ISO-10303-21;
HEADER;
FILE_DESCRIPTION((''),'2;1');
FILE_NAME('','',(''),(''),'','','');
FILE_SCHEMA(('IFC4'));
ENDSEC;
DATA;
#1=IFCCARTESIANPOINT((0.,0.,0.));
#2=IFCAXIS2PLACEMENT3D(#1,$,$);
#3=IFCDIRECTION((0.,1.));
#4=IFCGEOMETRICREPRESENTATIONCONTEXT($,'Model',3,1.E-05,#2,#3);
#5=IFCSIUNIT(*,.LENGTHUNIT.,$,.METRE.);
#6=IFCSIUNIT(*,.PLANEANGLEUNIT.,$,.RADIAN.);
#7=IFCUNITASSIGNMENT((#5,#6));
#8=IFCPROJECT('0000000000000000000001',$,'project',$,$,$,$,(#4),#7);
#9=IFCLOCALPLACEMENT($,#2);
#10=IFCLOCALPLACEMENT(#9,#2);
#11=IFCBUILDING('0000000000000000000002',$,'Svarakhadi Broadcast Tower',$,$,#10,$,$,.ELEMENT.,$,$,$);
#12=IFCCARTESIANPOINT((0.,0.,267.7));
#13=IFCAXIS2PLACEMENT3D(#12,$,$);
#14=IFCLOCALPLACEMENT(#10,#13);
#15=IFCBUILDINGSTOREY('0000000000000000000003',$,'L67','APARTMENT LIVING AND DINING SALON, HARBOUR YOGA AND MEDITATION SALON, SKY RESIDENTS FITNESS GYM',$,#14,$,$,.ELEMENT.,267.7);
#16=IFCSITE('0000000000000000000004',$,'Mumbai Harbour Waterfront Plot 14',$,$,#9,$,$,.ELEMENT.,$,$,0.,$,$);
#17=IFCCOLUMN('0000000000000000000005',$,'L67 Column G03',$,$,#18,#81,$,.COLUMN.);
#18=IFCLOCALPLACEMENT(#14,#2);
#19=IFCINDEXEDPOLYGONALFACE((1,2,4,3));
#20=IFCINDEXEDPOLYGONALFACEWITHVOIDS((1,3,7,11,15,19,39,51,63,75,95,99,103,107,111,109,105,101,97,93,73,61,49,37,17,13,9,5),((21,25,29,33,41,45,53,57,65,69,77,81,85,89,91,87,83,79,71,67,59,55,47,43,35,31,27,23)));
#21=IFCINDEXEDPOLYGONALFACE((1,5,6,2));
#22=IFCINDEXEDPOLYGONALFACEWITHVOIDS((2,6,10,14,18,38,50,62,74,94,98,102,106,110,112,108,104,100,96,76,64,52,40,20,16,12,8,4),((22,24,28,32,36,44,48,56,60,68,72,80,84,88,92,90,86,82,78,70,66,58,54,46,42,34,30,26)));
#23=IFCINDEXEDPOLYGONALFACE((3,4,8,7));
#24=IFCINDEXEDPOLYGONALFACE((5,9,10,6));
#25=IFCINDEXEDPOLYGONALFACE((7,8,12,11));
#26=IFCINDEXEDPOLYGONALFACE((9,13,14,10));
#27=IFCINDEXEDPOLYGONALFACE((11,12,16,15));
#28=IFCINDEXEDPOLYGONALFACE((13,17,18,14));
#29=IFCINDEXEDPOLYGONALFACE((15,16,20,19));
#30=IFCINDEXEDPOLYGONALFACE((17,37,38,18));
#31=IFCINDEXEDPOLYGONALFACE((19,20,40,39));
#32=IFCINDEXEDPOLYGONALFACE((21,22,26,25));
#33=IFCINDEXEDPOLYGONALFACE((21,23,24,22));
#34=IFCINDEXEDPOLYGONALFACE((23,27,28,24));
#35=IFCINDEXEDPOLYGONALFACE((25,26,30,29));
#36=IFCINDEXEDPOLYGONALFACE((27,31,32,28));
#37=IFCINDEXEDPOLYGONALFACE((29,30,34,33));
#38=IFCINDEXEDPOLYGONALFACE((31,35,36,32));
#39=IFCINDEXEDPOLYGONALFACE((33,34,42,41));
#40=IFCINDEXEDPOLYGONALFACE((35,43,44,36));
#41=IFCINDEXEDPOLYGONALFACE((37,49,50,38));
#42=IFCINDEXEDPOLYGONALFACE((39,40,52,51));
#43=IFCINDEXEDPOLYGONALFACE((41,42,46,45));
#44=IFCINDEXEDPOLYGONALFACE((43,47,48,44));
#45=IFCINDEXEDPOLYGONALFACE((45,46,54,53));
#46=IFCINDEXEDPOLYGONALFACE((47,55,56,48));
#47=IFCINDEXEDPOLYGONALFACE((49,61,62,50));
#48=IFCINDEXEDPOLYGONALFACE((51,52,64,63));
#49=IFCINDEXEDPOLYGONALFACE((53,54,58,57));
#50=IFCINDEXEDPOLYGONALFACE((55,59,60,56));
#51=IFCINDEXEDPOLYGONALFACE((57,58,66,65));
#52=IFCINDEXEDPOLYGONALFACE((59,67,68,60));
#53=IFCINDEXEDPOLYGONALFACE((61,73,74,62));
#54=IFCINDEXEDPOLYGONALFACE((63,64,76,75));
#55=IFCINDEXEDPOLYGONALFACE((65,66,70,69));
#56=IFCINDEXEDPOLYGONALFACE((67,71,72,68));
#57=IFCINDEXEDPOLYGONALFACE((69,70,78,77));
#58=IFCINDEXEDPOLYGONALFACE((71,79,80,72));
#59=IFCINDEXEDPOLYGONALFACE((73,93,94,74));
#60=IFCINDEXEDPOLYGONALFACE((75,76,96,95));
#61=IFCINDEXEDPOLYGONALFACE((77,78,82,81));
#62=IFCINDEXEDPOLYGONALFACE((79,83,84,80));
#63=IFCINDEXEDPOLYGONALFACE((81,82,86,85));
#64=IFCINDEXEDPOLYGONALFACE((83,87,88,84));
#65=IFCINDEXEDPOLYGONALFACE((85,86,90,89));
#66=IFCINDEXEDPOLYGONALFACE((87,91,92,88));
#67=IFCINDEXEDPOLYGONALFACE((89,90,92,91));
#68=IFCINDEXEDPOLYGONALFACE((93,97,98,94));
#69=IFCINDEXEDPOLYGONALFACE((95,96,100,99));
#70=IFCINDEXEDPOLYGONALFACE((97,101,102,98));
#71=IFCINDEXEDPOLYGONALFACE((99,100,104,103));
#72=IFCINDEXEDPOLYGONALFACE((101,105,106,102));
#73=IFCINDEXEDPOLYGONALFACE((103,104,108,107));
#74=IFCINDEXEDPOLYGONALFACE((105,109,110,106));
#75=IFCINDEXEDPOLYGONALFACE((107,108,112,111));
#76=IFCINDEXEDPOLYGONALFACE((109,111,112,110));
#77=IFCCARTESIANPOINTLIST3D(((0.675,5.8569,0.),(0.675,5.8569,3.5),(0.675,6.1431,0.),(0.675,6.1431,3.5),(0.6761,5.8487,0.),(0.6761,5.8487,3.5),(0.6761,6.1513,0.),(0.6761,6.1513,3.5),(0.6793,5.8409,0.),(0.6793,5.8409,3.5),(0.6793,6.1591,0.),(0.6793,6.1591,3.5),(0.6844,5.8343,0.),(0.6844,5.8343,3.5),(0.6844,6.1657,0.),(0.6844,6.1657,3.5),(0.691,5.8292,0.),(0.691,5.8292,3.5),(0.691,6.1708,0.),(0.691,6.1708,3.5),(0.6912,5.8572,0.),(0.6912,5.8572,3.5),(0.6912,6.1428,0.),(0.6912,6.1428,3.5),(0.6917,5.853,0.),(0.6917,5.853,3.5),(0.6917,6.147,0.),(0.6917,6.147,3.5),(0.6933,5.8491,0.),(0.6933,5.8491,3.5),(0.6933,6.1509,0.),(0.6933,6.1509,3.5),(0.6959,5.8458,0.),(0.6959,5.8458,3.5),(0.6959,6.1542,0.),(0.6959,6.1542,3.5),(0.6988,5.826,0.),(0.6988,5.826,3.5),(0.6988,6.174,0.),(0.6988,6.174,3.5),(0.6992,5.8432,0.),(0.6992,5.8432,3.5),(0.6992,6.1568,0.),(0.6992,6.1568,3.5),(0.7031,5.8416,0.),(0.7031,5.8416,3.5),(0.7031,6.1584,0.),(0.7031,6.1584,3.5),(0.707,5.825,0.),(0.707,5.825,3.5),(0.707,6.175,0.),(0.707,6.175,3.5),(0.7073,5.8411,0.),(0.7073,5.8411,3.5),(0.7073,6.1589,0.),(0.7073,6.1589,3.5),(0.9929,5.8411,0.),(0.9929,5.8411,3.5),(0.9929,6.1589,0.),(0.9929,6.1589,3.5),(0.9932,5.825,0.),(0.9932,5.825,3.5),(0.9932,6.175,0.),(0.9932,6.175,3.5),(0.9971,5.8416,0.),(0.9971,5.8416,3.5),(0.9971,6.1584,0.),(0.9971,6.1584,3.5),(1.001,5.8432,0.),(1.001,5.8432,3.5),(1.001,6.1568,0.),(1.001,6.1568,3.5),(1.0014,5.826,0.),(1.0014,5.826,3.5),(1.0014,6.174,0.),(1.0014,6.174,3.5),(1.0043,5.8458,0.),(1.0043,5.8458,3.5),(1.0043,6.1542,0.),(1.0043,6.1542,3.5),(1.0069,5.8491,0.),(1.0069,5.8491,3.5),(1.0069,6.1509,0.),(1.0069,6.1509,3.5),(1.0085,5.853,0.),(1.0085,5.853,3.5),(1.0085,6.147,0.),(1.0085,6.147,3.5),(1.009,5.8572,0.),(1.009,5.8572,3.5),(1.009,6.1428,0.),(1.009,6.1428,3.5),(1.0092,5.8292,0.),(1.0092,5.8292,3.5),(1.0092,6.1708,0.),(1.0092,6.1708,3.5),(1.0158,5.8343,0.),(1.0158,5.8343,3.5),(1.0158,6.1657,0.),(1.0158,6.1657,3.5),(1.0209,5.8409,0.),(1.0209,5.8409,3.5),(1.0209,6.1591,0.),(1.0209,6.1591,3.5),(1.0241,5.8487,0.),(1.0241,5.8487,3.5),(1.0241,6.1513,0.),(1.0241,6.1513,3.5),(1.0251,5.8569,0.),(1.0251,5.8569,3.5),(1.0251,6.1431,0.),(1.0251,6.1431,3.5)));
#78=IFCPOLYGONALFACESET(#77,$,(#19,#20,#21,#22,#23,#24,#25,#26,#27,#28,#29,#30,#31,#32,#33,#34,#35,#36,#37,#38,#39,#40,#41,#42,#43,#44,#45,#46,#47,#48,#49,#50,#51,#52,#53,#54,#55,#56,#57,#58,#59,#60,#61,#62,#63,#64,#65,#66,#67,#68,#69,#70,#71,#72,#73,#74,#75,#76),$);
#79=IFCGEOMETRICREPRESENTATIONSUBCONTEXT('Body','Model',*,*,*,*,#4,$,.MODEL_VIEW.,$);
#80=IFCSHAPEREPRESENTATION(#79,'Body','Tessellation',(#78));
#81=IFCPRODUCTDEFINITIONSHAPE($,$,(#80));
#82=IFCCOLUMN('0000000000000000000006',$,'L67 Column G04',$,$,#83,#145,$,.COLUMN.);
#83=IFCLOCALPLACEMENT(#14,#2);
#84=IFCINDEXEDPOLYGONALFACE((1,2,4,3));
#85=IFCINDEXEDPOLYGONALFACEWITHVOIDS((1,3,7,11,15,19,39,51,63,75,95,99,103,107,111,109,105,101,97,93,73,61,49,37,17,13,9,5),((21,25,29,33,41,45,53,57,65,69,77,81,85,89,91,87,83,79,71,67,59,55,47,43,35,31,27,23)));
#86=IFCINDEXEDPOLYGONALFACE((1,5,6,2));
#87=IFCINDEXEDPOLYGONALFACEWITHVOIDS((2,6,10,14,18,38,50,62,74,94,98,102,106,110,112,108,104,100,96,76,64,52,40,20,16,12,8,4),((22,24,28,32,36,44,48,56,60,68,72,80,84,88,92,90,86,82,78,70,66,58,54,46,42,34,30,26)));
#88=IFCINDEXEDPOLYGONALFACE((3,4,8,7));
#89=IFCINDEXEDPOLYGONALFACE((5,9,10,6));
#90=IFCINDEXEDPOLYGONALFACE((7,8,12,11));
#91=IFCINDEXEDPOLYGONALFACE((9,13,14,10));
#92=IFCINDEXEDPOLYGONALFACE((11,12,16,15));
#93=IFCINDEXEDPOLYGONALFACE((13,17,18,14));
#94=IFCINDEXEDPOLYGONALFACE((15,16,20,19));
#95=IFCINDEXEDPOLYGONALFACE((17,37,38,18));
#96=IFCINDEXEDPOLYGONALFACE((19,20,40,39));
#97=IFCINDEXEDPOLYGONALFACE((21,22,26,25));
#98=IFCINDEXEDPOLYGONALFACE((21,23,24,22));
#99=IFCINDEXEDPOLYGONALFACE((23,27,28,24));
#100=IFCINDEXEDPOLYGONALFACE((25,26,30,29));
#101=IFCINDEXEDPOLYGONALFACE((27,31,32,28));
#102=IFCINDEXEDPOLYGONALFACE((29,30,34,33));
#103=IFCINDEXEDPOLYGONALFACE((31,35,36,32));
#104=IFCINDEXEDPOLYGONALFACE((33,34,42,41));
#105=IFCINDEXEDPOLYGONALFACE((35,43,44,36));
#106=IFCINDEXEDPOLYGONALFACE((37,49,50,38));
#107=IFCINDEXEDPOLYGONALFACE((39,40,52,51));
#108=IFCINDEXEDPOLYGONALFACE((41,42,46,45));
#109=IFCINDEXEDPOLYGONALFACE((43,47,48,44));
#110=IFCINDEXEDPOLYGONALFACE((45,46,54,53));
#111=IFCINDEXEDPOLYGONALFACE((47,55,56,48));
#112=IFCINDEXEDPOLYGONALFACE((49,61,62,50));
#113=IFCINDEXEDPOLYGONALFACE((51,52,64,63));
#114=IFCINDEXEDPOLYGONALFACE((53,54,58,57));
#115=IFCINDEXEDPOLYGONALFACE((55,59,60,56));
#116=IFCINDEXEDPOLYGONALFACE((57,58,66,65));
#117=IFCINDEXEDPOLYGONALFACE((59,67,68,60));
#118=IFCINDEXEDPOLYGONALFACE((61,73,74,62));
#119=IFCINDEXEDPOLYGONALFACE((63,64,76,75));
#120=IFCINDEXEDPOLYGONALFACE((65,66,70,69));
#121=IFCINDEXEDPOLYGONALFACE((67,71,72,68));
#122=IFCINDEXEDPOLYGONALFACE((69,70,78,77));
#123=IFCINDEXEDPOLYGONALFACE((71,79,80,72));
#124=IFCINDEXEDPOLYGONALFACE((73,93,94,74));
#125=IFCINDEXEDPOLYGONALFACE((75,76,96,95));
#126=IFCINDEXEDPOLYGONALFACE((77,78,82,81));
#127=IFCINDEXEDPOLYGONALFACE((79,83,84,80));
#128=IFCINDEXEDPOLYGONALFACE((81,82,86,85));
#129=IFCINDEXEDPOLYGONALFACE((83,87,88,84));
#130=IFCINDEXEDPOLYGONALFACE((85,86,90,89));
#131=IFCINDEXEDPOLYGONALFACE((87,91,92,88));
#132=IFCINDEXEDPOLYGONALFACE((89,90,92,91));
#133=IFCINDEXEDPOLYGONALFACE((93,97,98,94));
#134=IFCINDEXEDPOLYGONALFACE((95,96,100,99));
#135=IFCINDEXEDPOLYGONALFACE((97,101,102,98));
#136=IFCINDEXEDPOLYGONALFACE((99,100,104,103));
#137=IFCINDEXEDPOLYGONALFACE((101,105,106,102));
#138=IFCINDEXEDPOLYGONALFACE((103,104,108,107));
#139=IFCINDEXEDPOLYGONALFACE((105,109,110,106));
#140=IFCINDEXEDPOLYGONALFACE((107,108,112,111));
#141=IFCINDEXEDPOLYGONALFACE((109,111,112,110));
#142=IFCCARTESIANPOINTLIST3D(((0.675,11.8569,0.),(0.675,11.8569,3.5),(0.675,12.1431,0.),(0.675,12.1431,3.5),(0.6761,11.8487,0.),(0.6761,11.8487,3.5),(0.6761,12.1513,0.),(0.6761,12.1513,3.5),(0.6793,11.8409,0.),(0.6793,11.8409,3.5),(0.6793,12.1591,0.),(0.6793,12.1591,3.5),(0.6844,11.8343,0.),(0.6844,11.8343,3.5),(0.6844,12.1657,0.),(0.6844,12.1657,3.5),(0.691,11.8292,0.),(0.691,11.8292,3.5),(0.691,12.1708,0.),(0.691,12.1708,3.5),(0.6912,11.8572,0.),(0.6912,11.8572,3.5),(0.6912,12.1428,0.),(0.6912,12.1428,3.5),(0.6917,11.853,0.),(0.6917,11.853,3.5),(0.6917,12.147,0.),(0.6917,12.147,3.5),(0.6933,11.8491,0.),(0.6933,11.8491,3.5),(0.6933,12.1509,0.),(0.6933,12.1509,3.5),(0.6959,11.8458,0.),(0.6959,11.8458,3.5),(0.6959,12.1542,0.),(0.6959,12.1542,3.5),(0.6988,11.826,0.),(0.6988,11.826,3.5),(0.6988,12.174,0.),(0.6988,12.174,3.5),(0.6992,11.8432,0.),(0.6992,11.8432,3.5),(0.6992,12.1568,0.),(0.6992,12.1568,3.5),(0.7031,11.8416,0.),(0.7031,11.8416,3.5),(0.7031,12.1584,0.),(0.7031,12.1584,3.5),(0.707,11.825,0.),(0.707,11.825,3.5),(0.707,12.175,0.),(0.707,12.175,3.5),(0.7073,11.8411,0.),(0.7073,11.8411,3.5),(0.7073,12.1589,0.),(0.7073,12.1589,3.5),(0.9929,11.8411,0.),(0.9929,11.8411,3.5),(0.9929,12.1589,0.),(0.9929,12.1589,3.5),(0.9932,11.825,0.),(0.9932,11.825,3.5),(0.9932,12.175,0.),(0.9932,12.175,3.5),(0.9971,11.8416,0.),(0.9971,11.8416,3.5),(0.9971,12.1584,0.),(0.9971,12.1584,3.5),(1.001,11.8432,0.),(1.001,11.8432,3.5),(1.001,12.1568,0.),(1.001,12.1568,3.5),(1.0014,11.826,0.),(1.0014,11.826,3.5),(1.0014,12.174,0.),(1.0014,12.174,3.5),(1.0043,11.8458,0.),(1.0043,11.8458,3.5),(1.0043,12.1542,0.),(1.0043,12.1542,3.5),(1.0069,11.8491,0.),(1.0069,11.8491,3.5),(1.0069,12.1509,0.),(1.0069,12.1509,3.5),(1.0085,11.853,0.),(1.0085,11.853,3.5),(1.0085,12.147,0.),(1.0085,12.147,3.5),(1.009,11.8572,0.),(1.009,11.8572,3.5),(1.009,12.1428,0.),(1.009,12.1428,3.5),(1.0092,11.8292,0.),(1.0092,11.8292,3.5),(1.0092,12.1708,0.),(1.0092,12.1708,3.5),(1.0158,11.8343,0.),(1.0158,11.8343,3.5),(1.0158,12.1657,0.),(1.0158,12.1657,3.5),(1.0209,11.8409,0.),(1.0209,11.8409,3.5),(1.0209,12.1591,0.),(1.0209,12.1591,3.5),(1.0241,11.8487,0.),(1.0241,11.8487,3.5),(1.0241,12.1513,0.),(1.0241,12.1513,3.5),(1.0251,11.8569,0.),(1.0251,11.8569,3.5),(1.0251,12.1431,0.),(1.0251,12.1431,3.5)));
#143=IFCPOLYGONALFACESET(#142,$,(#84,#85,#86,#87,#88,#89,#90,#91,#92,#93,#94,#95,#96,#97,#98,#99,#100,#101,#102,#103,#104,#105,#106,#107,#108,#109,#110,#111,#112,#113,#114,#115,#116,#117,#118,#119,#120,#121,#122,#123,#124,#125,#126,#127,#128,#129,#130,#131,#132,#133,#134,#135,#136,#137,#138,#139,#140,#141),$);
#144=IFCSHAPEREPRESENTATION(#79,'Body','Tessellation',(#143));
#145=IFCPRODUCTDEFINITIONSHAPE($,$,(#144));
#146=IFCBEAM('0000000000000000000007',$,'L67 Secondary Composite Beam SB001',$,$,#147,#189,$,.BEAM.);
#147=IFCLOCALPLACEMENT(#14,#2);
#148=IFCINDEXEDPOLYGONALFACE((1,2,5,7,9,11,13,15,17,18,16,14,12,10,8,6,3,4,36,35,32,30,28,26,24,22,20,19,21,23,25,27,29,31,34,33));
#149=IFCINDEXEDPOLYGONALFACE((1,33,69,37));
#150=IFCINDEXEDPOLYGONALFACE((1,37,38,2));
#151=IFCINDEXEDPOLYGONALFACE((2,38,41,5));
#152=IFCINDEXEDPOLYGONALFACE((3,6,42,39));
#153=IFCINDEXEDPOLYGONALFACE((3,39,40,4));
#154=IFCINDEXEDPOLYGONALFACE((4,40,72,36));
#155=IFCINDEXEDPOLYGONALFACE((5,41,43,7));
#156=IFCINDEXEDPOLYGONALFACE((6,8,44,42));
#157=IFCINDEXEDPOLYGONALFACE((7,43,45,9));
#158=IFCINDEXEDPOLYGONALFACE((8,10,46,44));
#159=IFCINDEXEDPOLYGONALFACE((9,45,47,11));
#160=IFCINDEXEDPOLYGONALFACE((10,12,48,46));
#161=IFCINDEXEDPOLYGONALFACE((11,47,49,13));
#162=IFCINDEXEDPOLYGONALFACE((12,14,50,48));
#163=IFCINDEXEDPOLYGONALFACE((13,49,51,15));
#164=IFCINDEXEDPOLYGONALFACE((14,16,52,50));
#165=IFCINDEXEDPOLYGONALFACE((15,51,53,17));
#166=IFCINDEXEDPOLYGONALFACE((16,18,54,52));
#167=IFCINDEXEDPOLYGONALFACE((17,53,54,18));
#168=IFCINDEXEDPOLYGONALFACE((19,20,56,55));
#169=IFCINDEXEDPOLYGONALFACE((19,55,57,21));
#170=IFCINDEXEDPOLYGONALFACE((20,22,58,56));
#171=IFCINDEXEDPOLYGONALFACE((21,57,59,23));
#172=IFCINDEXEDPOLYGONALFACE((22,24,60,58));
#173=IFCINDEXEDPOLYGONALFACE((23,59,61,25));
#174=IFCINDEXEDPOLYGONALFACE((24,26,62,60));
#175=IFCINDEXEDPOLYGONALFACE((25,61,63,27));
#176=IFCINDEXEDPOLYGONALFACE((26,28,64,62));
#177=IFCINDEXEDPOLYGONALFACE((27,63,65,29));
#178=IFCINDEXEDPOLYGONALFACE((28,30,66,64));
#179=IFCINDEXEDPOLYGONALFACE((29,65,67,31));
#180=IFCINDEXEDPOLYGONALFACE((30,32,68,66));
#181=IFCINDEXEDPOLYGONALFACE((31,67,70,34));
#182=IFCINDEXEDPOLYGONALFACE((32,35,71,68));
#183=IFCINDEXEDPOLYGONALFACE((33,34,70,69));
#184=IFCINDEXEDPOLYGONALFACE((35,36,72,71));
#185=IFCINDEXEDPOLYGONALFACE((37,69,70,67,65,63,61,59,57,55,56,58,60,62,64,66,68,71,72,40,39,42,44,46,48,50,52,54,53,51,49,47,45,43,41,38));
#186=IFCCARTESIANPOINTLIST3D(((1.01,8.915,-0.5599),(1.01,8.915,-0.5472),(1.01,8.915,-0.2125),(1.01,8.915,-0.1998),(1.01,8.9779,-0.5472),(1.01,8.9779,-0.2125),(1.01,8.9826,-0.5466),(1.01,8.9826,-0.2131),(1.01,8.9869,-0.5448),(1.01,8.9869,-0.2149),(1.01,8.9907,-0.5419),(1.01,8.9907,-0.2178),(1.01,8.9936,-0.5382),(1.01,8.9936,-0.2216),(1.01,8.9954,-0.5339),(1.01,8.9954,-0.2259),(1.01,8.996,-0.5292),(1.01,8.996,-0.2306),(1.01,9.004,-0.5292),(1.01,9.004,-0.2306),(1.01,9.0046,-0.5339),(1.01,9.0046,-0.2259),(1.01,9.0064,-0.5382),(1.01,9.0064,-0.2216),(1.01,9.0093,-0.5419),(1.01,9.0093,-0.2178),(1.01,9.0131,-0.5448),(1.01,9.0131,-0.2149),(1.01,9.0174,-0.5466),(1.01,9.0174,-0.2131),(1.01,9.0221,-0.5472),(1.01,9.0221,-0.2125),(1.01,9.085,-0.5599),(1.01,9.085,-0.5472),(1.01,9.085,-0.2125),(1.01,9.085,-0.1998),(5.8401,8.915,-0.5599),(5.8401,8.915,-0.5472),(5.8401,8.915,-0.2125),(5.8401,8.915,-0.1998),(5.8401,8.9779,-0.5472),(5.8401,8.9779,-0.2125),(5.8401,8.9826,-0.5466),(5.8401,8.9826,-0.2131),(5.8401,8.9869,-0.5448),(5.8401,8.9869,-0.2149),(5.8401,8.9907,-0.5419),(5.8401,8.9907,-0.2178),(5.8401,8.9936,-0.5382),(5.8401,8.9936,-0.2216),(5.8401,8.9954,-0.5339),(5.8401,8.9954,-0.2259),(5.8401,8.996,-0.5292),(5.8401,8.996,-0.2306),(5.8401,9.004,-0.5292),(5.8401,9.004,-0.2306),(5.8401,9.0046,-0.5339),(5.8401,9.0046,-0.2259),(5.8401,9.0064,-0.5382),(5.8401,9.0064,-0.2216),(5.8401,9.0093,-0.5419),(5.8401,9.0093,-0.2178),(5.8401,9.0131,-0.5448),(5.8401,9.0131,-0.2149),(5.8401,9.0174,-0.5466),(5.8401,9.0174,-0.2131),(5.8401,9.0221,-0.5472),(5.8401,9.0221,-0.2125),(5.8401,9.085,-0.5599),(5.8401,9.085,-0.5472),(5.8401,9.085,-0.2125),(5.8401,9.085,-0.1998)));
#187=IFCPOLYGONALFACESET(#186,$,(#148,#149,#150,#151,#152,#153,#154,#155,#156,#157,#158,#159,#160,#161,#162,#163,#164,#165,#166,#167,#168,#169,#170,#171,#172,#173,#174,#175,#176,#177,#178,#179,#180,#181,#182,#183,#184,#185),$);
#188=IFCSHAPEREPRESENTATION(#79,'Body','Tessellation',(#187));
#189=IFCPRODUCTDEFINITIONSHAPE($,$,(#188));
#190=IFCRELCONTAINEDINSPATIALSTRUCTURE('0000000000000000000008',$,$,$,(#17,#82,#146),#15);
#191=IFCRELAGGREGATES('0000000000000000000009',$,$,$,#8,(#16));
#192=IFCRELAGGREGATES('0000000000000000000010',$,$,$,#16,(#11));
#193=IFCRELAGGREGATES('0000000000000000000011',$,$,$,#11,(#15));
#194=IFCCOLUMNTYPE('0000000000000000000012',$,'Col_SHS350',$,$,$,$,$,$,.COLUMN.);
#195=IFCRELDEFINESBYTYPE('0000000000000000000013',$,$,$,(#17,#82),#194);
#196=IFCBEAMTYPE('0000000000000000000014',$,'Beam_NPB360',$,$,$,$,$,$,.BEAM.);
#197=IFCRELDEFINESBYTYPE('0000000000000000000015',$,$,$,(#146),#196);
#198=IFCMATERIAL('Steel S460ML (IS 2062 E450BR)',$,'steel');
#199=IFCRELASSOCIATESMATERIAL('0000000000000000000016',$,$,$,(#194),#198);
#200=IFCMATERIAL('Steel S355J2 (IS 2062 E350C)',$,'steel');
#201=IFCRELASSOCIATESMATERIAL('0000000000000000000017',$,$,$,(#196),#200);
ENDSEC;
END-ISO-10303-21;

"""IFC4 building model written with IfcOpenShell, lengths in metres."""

from ifc_helpers import new_model, si_unit, direction, frame, origin, origin_2d, place, context, subcontext, project, spatial, hollow_rectangle, i_section, extrude, material, material_profile, profile_set, type_object, element, save


model = new_model("IFC4")

# Units and contexts
model_context = context("Model", 3, precision=1e-05, world=origin(), true_north=direction((0.0, 1.0)))
body_context = subcontext(model_context, "Body", "Model", "MODEL_VIEW")
ifc_project = project(units=[si_unit("LENGTHUNIT", "METRE"), si_unit("PLANEANGLEUNIT", "RADIAN")], contexts=[model_context])

# Site, building, storey
site_placement = place(None, origin())
site = spatial("IfcSite", under=ifc_project, at=site_placement, Name="Mumbai Harbour Waterfront Plot 14", CompositionType="ELEMENT", RefElevation=0.0)
building_placement = place(site_placement, origin())
building = spatial("IfcBuilding", under=site, at=building_placement, Name="Svarakhadi Broadcast Tower", CompositionType="ELEMENT")
storey_placement = place(building_placement, frame((0.0, 0.0, 267.7)))
storey = spatial("IfcBuildingStorey", under=building, at=storey_placement, Name="L67", Description="APARTMENT LIVING AND DINING SALON, HARBOUR YOGA AND MEDITATION SALON, SKY RESIDENTS FITNESS GYM", CompositionType="ELEMENT", Elevation=267.7)

# Columns
ifc_material_1 = material(Name="Steel S460ML (IS 2062 E450BR)", Category="steel")
ifc_material_profile_1 = material_profile(ifc_material_1, hollow_rectangle(XDim=0.3501, YDim=0.3501, WallThickness=0.0161, InnerFilletRadius=0.0161, OuterFilletRadius=0.032, at=origin_2d()), Name="SHS 350x350x16")
ifc_profile_set_1 = profile_set([ifc_material_profile_1], Name="Steel S460ML (IS 2062 E450BR)")
column_type = type_object("IfcColumnType", Name="Col_SHS350", PredefinedType="COLUMN", material=ifc_profile_set_1)
for number, where, z_axis, x_axis, name in (
    (1, (0.8501, 6.0, 0.0), (0.0, 0.0, 1.0), (1.0, 0.0, 0.0), "L67 Column G03"),
    (2, (0.8501, 12.0, 0.0), (0.0, 0.0, 1.0), (1.0, 0.0, 0.0), "L67 Column G04"),
):
    element("IfcColumn", number, at=place(storey_placement, frame(where, z_axis=z_axis, x_axis=x_axis)), inside=storey, type_object=column_type, Name=name, PredefinedType="COLUMN", context=body_context, shape_type="SweptSolid", body=[
        extrude(hollow_rectangle(XDim=0.3501, YDim=0.3501, WallThickness=0.0161, InnerFilletRadius=0.0161, OuterFilletRadius=0.032, at=origin_2d()), origin(), (0.0, 0.0, 1.0), 3.5),
    ])

# Beam
ifc_material_2 = material(Name="Steel S355J2 (IS 2062 E350C)", Category="steel")
ifc_material_profile_2 = material_profile(ifc_material_2, i_section(OverallWidth=0.1699, OverallDepth=0.3601, WebThickness=0.0081, FlangeThickness=0.0127, FilletRadius=0.0181, at=origin_2d()), Name="NPB 360x170x57")
ifc_profile_set_2 = profile_set([ifc_material_profile_2], Name="Steel S355J2 (IS 2062 E350C)")
beam_type_1 = type_object("IfcBeamType", Name="Beam_NPB360", PredefinedType="BEAM", material=ifc_profile_set_2)
beam_1_placement = place(storey_placement, frame((1.01, 9.0, -0.3799), z_axis=(1.0, 0.0, 0.0), x_axis=(0.0, 1.0, 0.0)))
element("IfcBeam", 3, at=beam_1_placement, inside=storey, type_object=beam_type_1, Name="L67 Secondary Composite Beam SB001", PredefinedType="BEAM", context=body_context, shape_type="SweptSolid", body=[
    extrude(i_section(OverallWidth=0.1699, OverallDepth=0.3601, WebThickness=0.0081, FlangeThickness=0.0127, FilletRadius=0.0181, at=origin_2d()), origin(), (0.0, 0.0, 1.0), 4.8301),
])

save(model, "model.ifc")
